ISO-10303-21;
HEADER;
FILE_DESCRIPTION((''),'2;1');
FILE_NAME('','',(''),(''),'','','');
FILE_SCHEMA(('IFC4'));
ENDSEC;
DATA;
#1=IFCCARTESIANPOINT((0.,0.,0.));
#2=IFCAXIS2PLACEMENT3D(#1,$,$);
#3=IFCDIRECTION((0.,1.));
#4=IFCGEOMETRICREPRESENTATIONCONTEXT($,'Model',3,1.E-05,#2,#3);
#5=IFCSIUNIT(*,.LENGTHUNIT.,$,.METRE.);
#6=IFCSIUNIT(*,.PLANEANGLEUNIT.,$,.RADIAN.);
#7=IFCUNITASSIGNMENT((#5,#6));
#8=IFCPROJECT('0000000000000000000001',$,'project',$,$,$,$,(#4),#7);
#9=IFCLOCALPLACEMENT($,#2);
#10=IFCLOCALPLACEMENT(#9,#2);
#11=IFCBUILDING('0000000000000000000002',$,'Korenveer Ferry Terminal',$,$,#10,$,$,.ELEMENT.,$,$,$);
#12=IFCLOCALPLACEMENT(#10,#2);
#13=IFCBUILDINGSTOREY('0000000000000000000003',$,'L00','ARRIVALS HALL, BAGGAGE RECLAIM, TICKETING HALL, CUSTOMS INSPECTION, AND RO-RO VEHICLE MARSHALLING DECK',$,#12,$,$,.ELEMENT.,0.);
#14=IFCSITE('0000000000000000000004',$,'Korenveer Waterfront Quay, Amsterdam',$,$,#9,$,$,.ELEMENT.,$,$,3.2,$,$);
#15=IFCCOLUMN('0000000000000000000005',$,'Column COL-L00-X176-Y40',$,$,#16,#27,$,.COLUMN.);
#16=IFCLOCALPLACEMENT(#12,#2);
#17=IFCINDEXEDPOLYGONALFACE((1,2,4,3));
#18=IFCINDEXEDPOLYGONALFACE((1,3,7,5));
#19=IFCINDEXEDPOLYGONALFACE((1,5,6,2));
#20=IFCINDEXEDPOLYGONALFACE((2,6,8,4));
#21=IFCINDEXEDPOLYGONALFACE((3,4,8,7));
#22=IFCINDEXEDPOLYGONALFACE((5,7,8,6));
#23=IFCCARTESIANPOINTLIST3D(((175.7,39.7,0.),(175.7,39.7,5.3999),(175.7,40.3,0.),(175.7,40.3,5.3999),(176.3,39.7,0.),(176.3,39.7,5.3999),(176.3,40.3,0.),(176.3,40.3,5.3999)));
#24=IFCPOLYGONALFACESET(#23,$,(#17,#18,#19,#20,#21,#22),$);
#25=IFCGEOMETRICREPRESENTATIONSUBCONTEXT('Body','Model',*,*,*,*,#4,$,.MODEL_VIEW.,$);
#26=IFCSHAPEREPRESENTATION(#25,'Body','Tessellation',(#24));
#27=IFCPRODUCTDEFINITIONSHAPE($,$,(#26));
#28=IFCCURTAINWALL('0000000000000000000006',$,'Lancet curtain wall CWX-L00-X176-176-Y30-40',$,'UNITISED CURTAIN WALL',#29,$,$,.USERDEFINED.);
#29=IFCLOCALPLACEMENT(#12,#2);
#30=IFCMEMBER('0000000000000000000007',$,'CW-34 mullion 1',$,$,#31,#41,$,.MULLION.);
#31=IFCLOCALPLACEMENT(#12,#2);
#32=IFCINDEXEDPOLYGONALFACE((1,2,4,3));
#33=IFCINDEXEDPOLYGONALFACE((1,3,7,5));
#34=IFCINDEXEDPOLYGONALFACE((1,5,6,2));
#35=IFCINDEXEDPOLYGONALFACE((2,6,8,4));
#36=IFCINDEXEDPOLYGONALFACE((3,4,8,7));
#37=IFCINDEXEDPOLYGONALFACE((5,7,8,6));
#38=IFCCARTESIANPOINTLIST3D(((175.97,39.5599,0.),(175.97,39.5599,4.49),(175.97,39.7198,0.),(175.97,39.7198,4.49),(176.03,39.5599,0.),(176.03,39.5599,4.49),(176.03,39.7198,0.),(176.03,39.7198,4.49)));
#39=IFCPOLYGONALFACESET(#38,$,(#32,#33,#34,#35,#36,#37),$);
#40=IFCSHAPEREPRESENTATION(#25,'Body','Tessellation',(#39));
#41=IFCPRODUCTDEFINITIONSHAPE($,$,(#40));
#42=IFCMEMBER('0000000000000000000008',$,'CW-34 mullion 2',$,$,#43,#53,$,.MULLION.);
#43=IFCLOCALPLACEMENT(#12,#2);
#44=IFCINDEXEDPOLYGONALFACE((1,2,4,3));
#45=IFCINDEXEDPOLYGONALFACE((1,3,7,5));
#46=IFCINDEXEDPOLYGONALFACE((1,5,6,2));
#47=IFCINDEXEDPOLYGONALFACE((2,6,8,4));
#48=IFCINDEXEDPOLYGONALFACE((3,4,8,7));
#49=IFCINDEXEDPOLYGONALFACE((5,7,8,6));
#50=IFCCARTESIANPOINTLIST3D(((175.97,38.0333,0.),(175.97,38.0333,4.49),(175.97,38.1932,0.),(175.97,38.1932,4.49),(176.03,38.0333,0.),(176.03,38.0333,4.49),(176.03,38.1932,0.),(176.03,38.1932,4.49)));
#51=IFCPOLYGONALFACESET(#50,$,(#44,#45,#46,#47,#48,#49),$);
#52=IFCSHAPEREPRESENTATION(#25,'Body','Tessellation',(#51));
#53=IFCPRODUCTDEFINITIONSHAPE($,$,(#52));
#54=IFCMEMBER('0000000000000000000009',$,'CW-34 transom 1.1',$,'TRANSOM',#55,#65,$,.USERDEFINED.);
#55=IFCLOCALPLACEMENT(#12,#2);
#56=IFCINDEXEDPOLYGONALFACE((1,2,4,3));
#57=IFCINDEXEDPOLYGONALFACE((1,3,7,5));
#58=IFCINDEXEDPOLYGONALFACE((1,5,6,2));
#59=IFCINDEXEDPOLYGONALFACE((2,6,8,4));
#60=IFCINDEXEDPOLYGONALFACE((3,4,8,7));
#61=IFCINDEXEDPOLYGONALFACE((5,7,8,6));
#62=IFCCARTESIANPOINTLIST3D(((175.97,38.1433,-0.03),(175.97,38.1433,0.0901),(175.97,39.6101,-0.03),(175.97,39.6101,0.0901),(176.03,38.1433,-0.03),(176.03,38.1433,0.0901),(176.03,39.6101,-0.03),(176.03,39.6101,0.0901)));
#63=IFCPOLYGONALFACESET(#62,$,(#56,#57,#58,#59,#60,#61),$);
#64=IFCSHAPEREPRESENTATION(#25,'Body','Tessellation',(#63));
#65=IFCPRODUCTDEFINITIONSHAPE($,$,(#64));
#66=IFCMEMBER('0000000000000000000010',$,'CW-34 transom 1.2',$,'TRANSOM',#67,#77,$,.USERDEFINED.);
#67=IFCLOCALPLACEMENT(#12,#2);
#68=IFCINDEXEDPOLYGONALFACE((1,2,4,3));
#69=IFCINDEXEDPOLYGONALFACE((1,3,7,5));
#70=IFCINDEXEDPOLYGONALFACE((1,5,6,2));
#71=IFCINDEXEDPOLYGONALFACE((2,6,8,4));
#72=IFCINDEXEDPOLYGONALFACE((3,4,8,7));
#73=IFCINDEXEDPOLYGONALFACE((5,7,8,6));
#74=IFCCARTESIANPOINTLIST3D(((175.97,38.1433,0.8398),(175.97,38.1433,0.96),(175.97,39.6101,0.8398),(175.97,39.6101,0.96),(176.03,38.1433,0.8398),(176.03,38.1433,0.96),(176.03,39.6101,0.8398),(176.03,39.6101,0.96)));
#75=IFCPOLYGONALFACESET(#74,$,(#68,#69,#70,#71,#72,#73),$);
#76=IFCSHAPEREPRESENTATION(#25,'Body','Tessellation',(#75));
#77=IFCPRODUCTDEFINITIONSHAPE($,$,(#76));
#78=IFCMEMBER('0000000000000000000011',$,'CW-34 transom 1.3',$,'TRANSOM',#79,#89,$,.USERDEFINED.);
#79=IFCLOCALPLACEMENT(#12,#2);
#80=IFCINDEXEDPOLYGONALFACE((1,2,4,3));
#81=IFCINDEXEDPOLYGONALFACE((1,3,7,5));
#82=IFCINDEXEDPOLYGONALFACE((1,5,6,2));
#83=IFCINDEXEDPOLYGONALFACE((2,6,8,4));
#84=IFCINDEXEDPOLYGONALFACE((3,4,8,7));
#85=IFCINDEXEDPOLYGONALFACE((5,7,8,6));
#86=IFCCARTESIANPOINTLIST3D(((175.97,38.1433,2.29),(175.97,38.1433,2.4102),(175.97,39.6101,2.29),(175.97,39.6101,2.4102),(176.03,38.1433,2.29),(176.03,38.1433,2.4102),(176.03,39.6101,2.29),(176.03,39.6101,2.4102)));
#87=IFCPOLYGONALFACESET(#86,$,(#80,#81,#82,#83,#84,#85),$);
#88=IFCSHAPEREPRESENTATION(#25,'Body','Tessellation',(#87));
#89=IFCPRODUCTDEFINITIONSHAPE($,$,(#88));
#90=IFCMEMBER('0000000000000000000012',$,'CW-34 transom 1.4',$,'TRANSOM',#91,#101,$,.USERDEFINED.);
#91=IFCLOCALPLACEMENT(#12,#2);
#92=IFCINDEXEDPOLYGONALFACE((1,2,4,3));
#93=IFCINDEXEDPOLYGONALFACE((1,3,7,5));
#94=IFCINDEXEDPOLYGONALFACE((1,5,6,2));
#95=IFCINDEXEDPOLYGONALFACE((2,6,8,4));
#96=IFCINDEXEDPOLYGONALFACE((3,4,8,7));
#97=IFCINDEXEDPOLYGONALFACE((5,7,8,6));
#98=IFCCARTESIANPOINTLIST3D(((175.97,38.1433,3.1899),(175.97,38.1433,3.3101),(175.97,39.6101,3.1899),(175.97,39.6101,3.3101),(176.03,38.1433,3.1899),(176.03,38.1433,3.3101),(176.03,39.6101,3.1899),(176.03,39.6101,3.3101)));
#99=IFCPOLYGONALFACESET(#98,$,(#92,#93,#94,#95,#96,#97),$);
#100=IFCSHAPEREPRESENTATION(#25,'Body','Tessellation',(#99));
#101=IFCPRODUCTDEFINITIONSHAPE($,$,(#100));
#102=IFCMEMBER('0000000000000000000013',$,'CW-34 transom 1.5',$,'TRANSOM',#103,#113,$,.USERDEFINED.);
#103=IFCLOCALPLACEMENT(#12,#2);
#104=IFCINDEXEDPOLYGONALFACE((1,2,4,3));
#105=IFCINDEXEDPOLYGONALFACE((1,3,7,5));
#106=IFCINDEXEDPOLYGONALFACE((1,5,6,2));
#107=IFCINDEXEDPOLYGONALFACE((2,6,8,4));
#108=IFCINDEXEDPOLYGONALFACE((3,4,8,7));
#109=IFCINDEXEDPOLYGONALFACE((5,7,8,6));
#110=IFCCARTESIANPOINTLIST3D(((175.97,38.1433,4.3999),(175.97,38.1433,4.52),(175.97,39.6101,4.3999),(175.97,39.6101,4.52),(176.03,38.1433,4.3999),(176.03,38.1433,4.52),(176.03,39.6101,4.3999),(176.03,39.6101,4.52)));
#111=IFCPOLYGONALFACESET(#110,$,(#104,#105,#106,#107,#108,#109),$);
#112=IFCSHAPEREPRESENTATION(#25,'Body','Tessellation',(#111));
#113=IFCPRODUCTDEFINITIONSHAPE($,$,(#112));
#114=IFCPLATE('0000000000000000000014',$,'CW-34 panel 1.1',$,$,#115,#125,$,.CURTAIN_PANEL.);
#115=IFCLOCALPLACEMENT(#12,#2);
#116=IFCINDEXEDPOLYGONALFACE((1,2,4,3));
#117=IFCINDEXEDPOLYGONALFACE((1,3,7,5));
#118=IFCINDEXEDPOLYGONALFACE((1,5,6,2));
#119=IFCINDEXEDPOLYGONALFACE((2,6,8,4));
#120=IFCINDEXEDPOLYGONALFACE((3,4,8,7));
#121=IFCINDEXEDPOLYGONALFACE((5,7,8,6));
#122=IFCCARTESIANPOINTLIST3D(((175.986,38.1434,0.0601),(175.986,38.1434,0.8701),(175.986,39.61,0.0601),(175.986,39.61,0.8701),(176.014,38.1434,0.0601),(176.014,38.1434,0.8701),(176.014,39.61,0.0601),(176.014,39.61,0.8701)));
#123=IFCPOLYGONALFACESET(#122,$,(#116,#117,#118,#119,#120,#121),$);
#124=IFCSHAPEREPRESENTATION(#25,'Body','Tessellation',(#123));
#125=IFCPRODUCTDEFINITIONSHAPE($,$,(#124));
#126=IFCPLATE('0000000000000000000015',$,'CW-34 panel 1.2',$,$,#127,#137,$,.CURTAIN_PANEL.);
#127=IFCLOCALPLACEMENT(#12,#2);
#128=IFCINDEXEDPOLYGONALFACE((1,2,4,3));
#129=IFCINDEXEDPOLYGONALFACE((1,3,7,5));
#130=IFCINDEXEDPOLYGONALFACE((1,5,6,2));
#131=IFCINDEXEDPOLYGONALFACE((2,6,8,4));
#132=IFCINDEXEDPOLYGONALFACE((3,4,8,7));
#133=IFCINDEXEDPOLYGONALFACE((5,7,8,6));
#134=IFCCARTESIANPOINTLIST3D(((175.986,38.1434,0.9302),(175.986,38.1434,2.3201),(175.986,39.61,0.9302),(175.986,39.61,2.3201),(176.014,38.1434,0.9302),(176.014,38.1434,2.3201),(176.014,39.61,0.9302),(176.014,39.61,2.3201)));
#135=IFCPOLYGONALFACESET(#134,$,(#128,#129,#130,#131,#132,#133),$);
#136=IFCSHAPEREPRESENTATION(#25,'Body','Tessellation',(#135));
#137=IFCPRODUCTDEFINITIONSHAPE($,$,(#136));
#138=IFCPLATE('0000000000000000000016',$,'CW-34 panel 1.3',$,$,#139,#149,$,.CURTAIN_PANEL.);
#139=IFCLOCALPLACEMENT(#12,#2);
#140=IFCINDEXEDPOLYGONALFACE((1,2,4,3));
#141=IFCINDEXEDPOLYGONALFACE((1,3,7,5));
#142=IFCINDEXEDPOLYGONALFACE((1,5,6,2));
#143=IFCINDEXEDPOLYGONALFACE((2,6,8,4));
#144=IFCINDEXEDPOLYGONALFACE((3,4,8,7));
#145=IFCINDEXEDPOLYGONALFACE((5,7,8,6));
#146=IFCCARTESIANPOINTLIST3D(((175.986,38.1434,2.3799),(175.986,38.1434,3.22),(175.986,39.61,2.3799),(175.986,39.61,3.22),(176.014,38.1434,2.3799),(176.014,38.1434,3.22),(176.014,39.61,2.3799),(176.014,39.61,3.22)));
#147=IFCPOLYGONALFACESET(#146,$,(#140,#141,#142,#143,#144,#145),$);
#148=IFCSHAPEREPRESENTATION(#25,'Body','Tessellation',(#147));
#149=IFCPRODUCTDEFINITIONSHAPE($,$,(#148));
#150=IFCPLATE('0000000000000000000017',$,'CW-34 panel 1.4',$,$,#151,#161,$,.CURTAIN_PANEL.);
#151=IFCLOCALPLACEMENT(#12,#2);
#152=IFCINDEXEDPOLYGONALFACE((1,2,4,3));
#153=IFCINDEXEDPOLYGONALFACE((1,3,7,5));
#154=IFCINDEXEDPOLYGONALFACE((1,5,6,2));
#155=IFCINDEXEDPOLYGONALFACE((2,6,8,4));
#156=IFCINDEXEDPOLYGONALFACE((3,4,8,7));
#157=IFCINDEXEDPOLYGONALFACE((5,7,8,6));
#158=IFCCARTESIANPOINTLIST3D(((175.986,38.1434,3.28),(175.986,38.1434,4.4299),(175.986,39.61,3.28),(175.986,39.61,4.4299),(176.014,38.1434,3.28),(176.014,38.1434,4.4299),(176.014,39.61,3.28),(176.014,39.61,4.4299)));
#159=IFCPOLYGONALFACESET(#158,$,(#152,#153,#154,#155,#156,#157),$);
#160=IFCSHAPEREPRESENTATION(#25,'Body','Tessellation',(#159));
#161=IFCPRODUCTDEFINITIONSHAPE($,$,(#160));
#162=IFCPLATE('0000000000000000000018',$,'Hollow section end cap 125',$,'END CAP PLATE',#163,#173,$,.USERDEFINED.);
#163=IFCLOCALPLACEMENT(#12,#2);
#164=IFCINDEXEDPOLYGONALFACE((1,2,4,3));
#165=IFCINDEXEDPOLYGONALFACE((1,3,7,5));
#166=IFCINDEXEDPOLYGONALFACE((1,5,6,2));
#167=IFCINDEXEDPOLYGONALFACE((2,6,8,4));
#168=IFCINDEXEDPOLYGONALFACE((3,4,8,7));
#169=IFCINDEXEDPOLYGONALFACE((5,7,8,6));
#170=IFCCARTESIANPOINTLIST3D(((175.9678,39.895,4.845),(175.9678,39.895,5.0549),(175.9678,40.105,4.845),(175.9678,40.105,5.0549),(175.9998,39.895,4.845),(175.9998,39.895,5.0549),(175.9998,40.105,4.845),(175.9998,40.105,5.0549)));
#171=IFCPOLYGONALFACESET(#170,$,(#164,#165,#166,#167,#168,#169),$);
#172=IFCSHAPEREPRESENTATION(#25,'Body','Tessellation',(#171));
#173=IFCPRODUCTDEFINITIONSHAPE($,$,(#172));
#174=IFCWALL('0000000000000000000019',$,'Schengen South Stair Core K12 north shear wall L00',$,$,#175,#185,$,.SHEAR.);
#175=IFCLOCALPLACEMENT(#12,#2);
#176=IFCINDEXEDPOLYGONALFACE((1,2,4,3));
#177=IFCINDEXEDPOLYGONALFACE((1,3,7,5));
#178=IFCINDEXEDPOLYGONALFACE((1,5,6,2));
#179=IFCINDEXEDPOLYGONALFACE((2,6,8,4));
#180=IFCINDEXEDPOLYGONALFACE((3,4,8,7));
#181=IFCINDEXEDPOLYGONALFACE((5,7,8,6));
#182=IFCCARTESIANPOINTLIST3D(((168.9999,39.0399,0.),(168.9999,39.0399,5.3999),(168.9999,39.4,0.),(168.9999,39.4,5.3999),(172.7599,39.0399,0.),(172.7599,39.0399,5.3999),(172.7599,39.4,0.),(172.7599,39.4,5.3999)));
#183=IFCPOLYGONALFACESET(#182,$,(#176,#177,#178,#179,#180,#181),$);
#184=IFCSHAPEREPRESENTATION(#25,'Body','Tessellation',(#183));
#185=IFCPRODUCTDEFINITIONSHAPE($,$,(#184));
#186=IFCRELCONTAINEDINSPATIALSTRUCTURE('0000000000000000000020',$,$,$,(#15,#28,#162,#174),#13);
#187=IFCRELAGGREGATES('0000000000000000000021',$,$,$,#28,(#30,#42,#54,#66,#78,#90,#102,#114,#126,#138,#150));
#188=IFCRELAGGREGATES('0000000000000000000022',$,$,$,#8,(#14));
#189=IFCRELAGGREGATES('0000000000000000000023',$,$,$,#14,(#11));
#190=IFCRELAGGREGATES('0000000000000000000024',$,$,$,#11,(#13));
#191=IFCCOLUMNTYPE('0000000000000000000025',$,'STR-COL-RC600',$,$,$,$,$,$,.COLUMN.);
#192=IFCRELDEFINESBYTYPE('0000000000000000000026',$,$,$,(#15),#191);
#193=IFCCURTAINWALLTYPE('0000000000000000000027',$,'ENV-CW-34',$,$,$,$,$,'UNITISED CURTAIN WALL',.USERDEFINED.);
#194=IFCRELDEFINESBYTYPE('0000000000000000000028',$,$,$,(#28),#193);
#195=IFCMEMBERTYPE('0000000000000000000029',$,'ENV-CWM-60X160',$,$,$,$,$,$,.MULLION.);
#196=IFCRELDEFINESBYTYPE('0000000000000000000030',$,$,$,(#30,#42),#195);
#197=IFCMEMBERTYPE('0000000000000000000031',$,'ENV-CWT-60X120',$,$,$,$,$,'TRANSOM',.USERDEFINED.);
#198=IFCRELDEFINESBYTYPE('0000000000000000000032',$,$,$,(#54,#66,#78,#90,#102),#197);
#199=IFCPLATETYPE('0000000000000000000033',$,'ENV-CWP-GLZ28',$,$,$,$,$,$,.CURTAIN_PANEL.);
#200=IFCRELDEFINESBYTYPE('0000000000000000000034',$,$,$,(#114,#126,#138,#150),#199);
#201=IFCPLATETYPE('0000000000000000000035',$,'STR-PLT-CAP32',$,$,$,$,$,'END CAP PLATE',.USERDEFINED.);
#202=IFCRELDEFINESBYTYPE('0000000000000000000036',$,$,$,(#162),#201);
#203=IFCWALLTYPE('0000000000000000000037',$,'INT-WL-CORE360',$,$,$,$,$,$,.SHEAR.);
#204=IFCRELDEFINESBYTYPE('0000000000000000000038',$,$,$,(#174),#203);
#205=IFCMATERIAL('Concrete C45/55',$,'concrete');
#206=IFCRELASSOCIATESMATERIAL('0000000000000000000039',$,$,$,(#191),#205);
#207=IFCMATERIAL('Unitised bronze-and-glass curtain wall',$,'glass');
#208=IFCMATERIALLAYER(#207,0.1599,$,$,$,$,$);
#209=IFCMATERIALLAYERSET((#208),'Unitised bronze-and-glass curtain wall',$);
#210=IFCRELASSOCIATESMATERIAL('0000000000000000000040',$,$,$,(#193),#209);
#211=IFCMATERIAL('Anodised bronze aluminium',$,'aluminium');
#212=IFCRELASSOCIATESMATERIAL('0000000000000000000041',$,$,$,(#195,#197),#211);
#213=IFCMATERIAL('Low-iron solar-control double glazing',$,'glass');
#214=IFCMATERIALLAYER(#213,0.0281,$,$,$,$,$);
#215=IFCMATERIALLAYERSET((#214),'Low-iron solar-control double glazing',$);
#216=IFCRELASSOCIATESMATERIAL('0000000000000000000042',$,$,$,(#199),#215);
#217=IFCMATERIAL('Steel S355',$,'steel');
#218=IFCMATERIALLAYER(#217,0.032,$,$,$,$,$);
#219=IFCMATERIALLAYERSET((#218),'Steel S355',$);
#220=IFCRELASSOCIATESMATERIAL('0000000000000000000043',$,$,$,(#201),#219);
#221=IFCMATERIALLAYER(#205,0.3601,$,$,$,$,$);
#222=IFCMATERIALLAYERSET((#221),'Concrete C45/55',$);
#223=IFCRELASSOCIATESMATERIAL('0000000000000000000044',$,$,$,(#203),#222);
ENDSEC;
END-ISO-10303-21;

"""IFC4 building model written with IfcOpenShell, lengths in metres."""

from ifc_helpers import new_model, si_unit, direction, frame, frame_2d, origin, origin_2d, place, context, subcontext, project, spatial, rectangle, extrude, material, layer, layer_set, material_profile, profile_set, type_object, element, aggregate, save


model = new_model("IFC4")

# Units and contexts
model_context = context("Model", 3, precision=1e-05, world=origin(), true_north=direction((0.0, 1.0)))
body_context = subcontext(model_context, "Body", "Model", "MODEL_VIEW")
ifc_project = project(units=[si_unit("LENGTHUNIT", "METRE"), si_unit("PLANEANGLEUNIT", "RADIAN")], contexts=[model_context])

# Site, building, storey
site_placement = place(None, origin())
site = spatial("IfcSite", under=ifc_project, at=site_placement, Name="Korenveer Waterfront Quay, Amsterdam", CompositionType="ELEMENT", RefElevation=3.2)
building_placement = place(site_placement, origin())
building = spatial("IfcBuilding", under=site, at=building_placement, Name="Korenveer Ferry Terminal", CompositionType="ELEMENT")
storey_placement = place(building_placement, origin())
storey = spatial("IfcBuildingStorey", under=building, at=storey_placement, Name="L00", Description="ARRIVALS HALL, BAGGAGE RECLAIM, TICKETING HALL, CUSTOMS INSPECTION, AND RO-RO VEHICLE MARSHALLING DECK", CompositionType="ELEMENT", Elevation=0.0)

# Shared definitions
ifc_material_1 = material(Name="Concrete C45/55", Category="concrete")

# Column
ifc_material_profile_1 = material_profile(ifc_material_1, rectangle(XDim=0.6001, YDim=0.6001, at=origin_2d()), Name="RC 600x600")
ifc_profile_set_1 = profile_set([ifc_material_profile_1], Name="Concrete C45/55")
column_type = type_object("IfcColumnType", Name="STR-COL-RC600", PredefinedType="COLUMN", material=ifc_profile_set_1)
column_placement = place(storey_placement, frame((176.0, 40.0, 0.0), z_axis=(0.0, 0.0, 1.0), x_axis=(1.0, 0.0, 0.0)))
element("IfcColumn", 1, at=column_placement, inside=storey, type_object=column_type, Name="Column COL-L00-X176-Y40", PredefinedType="COLUMN", context=body_context, shape_type="SweptSolid", body=[
    extrude(rectangle(XDim=0.6001, YDim=0.6001, at=origin_2d()), origin(), (0.0, 0.0, 1.0), 5.3999),
])

# Curtain wall, members, plates
ifc_material_2 = material(Name="Unitised bronze-and-glass curtain wall", Category="glass")
ifc_layer_1 = layer(ifc_material_2, 0.1599)
ifc_layer_set_1 = layer_set([ifc_layer_1], Name="Unitised bronze-and-glass curtain wall")
curtain_wall_type = type_object("IfcCurtainWallType", Name="ENV-CW-34", ElementType="UNITISED CURTAIN WALL", PredefinedType="USERDEFINED", material=ifc_layer_set_1)
curtain_wall_placement = place(storey_placement, frame((176.0, 39.6699, 0.0)))
curtain_wall = element("IfcCurtainWall", 2, at=curtain_wall_placement, inside=storey, type_object=curtain_wall_type, Name="Lancet curtain wall CWX-L00-X176-176-Y30-40", ObjectType="UNITISED CURTAIN WALL", PredefinedType="USERDEFINED")
ifc_material_3 = material(Name="Anodised bronze aluminium", Category="aluminium")
ifc_material_profile_2 = material_profile(ifc_material_3, rectangle(XDim=0.0601, YDim=0.1599, at=origin_2d()), Name="ALU 60x160")
ifc_profile_set_2 = profile_set([ifc_material_profile_2], Name="Anodised bronze aluminium")
member_type_1 = type_object("IfcMemberType", Name="ENV-CWM-60X160", PredefinedType="MULLION", material=ifc_profile_set_2)
member_1_placement = place(storey_placement, frame((176.0, 39.6399, 0.0), z_axis=(0.0, 0.0, 1.0), x_axis=(1.0, 0.0, 0.0)))
member_1 = element("IfcMember", 3, at=member_1_placement, type_object=member_type_1, Name="CW-34 mullion 1", PredefinedType="MULLION", context=body_context, shape_type="SweptSolid", body=[
    extrude(rectangle(XDim=0.0601, YDim=0.1599, at=origin_2d()), origin(), (0.0, 0.0, 1.0), 4.49),
])
member_2_placement = place(storey_placement, frame((176.0, 38.1133, 0.0), z_axis=(0.0, 0.0, 1.0), x_axis=(1.0, 0.0, 0.0)))
member_2 = element("IfcMember", 4, at=member_2_placement, type_object=member_type_1, Name="CW-34 mullion 2", PredefinedType="MULLION", context=body_context, shape_type="SweptSolid", body=[
    extrude(rectangle(XDim=0.0601, YDim=0.1599, at=origin_2d()), origin(), (0.0, 0.0, 1.0), 4.49),
])
ifc_material_profile_3 = material_profile(ifc_material_3, rectangle(XDim=0.0601, YDim=0.1201, at=origin_2d()), Name="ALU 60x120")
ifc_profile_set_3 = profile_set([ifc_material_profile_3], Name="Anodised bronze aluminium")
member_type_2 = type_object("IfcMemberType", Name="ENV-CWT-60X120", ElementType="TRANSOM", PredefinedType="USERDEFINED", material=ifc_profile_set_3)
member_3_placement = place(storey_placement, frame((176.0, 39.6101, 0.03), z_axis=(0.0, -1.0, 0.0), x_axis=(1.0, 0.0, 0.0)))
member_3 = element("IfcMember", 5, at=member_3_placement, type_object=member_type_2, Name="CW-34 transom 1.1", ObjectType="TRANSOM", PredefinedType="USERDEFINED", context=body_context, shape_type="SweptSolid", body=[
    extrude(rectangle(XDim=0.0601, YDim=0.1201, at=origin_2d()), origin(), (0.0, 0.0, 1.0), 1.4668),
])
member_4_placement = place(storey_placement, frame((176.0, 39.6101, 0.8999), z_axis=(0.0, -1.0, 0.0), x_axis=(1.0, 0.0, 0.0)))
member_4 = element("IfcMember", 6, at=member_4_placement, type_object=member_type_2, Name="CW-34 transom 1.2", ObjectType="TRANSOM", PredefinedType="USERDEFINED", context=body_context, shape_type="SweptSolid", body=[
    extrude(rectangle(XDim=0.0601, YDim=0.1201, at=origin_2d()), origin(), (0.0, 0.0, 1.0), 1.4668),
])
member_5_placement = place(storey_placement, frame((176.0, 39.6101, 2.3501), z_axis=(0.0, -1.0, 0.0), x_axis=(1.0, 0.0, 0.0)))
member_5 = element("IfcMember", 7, at=member_5_placement, type_object=member_type_2, Name="CW-34 transom 1.3", ObjectType="TRANSOM", PredefinedType="USERDEFINED", context=body_context, shape_type="SweptSolid", body=[
    extrude(rectangle(XDim=0.0601, YDim=0.1201, at=origin_2d()), origin(), (0.0, 0.0, 1.0), 1.4668),
])
member_6_placement = place(storey_placement, frame((176.0, 39.6101, 3.25), z_axis=(0.0, -1.0, 0.0), x_axis=(1.0, 0.0, 0.0)))
member_6 = element("IfcMember", 8, at=member_6_placement, type_object=member_type_2, Name="CW-34 transom 1.4", ObjectType="TRANSOM", PredefinedType="USERDEFINED", context=body_context, shape_type="SweptSolid", body=[
    extrude(rectangle(XDim=0.0601, YDim=0.1201, at=origin_2d()), origin(), (0.0, 0.0, 1.0), 1.4668),
])
member_7_placement = place(storey_placement, frame((176.0, 39.6101, 4.46), z_axis=(0.0, -1.0, 0.0), x_axis=(1.0, 0.0, 0.0)))
member_7 = element("IfcMember", 9, at=member_7_placement, type_object=member_type_2, Name="CW-34 transom 1.5", ObjectType="TRANSOM", PredefinedType="USERDEFINED", context=body_context, shape_type="SweptSolid", body=[
    extrude(rectangle(XDim=0.0601, YDim=0.1201, at=origin_2d()), origin(), (0.0, 0.0, 1.0), 1.4668),
])
ifc_material_4 = material(Name="Low-iron solar-control double glazing", Category="glass")
ifc_layer_2 = layer(ifc_material_4, 0.0281)
ifc_layer_set_2 = layer_set([ifc_layer_2], Name="Low-iron solar-control double glazing")
plate_type_1 = type_object("IfcPlateType", Name="ENV-CWP-GLZ28", PredefinedType="CURTAIN_PANEL", material=ifc_layer_set_2)
plate_1_placement = place(storey_placement, frame((176.0, 38.8767, 0.0601), z_axis=(0.0, 0.0, 1.0), x_axis=(0.0, -1.0, 0.0)))
plate_1 = element("IfcPlate", 10, at=plate_1_placement, type_object=plate_type_1, Name="CW-34 panel 1.1", PredefinedType="CURTAIN_PANEL", context=body_context, shape_type="SweptSolid", body=[
    extrude(rectangle(XDim=1.4666, YDim=0.0281, at=origin_2d()), origin(), (0.0, 0.0, 1.0), 0.8101),
])
plate_2_placement = place(storey_placement, frame((176.0, 38.8767, 0.9302), z_axis=(0.0, 0.0, 1.0), x_axis=(0.0, -1.0, 0.0)))
plate_2 = element("IfcPlate", 11, at=plate_2_placement, type_object=plate_type_1, Name="CW-34 panel 1.2", PredefinedType="CURTAIN_PANEL", context=body_context, shape_type="SweptSolid", body=[
    extrude(rectangle(XDim=1.4666, YDim=0.0281, at=origin_2d()), origin(), (0.0, 0.0, 1.0), 1.3899),
])
plate_3_placement = place(storey_placement, frame((176.0, 38.8767, 2.3799), z_axis=(0.0, 0.0, 1.0), x_axis=(0.0, -1.0, 0.0)))
plate_3 = element("IfcPlate", 12, at=plate_3_placement, type_object=plate_type_1, Name="CW-34 panel 1.3", PredefinedType="CURTAIN_PANEL", context=body_context, shape_type="SweptSolid", body=[
    extrude(rectangle(XDim=1.4666, YDim=0.0281, at=origin_2d()), origin(), (0.0, 0.0, 1.0), 0.8401),
])
plate_4_placement = place(storey_placement, frame((176.0, 38.8767, 3.28), z_axis=(0.0, 0.0, 1.0), x_axis=(0.0, -1.0, 0.0)))
plate_4 = element("IfcPlate", 13, at=plate_4_placement, type_object=plate_type_1, Name="CW-34 panel 1.4", PredefinedType="CURTAIN_PANEL", context=body_context, shape_type="SweptSolid", body=[
    extrude(rectangle(XDim=1.4666, YDim=0.0281, at=origin_2d()), origin(), (0.0, 0.0, 1.0), 1.1499),
])
aggregate(curtain_wall, [member_1, member_2, member_3, member_4, member_5, member_6, member_7, plate_1, plate_2, plate_3, plate_4])

# Plate
ifc_material_5 = material(Name="Steel S355", Category="steel")
ifc_layer_3 = layer(ifc_material_5, 0.032)
ifc_layer_set_3 = layer_set([ifc_layer_3], Name="Steel S355")
plate_type_2 = type_object("IfcPlateType", Name="STR-PLT-CAP32", ElementType="END CAP PLATE", PredefinedType="USERDEFINED", material=ifc_layer_set_3)
plate_5_placement = place(storey_placement, frame((175.9678, 40.0, 4.95), z_axis=(1.0, 0.0, 0.0), x_axis=(0.0, 1.0, 0.0)))
element("IfcPlate", 14, at=plate_5_placement, inside=storey, type_object=plate_type_2, Name="Hollow section end cap 125", ObjectType="END CAP PLATE", PredefinedType="USERDEFINED", context=body_context, shape_type="SweptSolid", body=[
    extrude(rectangle(XDim=0.21, YDim=0.21, at=origin_2d()), origin(), (0.0, 0.0, 1.0), 0.032),
])

# Wall
ifc_layer_4 = layer(ifc_material_1, 0.3601)
ifc_layer_set_4 = layer_set([ifc_layer_4], Name="Concrete C45/55")
wall_type = type_object("IfcWallType", Name="INT-WL-CORE360", PredefinedType="SHEAR", material=ifc_layer_set_4)
wall_placement = place(storey_placement, frame((169.0, 39.22, 0.0), z_axis=(0.0, 0.0, 1.0), x_axis=(1.0, 0.0, 0.0)))
element("IfcWall", 15, at=wall_placement, inside=storey, type_object=wall_type, Name="Schengen South Stair Core K12 north shear wall L00", PredefinedType="SHEAR", context=body_context, shape_type="SweptSolid", body=[
    extrude(rectangle(XDim=3.76, YDim=0.3601, at=frame_2d((1.8799, 0.0))), origin(), (0.0, 0.0, 1.0), 5.3999),
])

save(model, "model.ifc")
